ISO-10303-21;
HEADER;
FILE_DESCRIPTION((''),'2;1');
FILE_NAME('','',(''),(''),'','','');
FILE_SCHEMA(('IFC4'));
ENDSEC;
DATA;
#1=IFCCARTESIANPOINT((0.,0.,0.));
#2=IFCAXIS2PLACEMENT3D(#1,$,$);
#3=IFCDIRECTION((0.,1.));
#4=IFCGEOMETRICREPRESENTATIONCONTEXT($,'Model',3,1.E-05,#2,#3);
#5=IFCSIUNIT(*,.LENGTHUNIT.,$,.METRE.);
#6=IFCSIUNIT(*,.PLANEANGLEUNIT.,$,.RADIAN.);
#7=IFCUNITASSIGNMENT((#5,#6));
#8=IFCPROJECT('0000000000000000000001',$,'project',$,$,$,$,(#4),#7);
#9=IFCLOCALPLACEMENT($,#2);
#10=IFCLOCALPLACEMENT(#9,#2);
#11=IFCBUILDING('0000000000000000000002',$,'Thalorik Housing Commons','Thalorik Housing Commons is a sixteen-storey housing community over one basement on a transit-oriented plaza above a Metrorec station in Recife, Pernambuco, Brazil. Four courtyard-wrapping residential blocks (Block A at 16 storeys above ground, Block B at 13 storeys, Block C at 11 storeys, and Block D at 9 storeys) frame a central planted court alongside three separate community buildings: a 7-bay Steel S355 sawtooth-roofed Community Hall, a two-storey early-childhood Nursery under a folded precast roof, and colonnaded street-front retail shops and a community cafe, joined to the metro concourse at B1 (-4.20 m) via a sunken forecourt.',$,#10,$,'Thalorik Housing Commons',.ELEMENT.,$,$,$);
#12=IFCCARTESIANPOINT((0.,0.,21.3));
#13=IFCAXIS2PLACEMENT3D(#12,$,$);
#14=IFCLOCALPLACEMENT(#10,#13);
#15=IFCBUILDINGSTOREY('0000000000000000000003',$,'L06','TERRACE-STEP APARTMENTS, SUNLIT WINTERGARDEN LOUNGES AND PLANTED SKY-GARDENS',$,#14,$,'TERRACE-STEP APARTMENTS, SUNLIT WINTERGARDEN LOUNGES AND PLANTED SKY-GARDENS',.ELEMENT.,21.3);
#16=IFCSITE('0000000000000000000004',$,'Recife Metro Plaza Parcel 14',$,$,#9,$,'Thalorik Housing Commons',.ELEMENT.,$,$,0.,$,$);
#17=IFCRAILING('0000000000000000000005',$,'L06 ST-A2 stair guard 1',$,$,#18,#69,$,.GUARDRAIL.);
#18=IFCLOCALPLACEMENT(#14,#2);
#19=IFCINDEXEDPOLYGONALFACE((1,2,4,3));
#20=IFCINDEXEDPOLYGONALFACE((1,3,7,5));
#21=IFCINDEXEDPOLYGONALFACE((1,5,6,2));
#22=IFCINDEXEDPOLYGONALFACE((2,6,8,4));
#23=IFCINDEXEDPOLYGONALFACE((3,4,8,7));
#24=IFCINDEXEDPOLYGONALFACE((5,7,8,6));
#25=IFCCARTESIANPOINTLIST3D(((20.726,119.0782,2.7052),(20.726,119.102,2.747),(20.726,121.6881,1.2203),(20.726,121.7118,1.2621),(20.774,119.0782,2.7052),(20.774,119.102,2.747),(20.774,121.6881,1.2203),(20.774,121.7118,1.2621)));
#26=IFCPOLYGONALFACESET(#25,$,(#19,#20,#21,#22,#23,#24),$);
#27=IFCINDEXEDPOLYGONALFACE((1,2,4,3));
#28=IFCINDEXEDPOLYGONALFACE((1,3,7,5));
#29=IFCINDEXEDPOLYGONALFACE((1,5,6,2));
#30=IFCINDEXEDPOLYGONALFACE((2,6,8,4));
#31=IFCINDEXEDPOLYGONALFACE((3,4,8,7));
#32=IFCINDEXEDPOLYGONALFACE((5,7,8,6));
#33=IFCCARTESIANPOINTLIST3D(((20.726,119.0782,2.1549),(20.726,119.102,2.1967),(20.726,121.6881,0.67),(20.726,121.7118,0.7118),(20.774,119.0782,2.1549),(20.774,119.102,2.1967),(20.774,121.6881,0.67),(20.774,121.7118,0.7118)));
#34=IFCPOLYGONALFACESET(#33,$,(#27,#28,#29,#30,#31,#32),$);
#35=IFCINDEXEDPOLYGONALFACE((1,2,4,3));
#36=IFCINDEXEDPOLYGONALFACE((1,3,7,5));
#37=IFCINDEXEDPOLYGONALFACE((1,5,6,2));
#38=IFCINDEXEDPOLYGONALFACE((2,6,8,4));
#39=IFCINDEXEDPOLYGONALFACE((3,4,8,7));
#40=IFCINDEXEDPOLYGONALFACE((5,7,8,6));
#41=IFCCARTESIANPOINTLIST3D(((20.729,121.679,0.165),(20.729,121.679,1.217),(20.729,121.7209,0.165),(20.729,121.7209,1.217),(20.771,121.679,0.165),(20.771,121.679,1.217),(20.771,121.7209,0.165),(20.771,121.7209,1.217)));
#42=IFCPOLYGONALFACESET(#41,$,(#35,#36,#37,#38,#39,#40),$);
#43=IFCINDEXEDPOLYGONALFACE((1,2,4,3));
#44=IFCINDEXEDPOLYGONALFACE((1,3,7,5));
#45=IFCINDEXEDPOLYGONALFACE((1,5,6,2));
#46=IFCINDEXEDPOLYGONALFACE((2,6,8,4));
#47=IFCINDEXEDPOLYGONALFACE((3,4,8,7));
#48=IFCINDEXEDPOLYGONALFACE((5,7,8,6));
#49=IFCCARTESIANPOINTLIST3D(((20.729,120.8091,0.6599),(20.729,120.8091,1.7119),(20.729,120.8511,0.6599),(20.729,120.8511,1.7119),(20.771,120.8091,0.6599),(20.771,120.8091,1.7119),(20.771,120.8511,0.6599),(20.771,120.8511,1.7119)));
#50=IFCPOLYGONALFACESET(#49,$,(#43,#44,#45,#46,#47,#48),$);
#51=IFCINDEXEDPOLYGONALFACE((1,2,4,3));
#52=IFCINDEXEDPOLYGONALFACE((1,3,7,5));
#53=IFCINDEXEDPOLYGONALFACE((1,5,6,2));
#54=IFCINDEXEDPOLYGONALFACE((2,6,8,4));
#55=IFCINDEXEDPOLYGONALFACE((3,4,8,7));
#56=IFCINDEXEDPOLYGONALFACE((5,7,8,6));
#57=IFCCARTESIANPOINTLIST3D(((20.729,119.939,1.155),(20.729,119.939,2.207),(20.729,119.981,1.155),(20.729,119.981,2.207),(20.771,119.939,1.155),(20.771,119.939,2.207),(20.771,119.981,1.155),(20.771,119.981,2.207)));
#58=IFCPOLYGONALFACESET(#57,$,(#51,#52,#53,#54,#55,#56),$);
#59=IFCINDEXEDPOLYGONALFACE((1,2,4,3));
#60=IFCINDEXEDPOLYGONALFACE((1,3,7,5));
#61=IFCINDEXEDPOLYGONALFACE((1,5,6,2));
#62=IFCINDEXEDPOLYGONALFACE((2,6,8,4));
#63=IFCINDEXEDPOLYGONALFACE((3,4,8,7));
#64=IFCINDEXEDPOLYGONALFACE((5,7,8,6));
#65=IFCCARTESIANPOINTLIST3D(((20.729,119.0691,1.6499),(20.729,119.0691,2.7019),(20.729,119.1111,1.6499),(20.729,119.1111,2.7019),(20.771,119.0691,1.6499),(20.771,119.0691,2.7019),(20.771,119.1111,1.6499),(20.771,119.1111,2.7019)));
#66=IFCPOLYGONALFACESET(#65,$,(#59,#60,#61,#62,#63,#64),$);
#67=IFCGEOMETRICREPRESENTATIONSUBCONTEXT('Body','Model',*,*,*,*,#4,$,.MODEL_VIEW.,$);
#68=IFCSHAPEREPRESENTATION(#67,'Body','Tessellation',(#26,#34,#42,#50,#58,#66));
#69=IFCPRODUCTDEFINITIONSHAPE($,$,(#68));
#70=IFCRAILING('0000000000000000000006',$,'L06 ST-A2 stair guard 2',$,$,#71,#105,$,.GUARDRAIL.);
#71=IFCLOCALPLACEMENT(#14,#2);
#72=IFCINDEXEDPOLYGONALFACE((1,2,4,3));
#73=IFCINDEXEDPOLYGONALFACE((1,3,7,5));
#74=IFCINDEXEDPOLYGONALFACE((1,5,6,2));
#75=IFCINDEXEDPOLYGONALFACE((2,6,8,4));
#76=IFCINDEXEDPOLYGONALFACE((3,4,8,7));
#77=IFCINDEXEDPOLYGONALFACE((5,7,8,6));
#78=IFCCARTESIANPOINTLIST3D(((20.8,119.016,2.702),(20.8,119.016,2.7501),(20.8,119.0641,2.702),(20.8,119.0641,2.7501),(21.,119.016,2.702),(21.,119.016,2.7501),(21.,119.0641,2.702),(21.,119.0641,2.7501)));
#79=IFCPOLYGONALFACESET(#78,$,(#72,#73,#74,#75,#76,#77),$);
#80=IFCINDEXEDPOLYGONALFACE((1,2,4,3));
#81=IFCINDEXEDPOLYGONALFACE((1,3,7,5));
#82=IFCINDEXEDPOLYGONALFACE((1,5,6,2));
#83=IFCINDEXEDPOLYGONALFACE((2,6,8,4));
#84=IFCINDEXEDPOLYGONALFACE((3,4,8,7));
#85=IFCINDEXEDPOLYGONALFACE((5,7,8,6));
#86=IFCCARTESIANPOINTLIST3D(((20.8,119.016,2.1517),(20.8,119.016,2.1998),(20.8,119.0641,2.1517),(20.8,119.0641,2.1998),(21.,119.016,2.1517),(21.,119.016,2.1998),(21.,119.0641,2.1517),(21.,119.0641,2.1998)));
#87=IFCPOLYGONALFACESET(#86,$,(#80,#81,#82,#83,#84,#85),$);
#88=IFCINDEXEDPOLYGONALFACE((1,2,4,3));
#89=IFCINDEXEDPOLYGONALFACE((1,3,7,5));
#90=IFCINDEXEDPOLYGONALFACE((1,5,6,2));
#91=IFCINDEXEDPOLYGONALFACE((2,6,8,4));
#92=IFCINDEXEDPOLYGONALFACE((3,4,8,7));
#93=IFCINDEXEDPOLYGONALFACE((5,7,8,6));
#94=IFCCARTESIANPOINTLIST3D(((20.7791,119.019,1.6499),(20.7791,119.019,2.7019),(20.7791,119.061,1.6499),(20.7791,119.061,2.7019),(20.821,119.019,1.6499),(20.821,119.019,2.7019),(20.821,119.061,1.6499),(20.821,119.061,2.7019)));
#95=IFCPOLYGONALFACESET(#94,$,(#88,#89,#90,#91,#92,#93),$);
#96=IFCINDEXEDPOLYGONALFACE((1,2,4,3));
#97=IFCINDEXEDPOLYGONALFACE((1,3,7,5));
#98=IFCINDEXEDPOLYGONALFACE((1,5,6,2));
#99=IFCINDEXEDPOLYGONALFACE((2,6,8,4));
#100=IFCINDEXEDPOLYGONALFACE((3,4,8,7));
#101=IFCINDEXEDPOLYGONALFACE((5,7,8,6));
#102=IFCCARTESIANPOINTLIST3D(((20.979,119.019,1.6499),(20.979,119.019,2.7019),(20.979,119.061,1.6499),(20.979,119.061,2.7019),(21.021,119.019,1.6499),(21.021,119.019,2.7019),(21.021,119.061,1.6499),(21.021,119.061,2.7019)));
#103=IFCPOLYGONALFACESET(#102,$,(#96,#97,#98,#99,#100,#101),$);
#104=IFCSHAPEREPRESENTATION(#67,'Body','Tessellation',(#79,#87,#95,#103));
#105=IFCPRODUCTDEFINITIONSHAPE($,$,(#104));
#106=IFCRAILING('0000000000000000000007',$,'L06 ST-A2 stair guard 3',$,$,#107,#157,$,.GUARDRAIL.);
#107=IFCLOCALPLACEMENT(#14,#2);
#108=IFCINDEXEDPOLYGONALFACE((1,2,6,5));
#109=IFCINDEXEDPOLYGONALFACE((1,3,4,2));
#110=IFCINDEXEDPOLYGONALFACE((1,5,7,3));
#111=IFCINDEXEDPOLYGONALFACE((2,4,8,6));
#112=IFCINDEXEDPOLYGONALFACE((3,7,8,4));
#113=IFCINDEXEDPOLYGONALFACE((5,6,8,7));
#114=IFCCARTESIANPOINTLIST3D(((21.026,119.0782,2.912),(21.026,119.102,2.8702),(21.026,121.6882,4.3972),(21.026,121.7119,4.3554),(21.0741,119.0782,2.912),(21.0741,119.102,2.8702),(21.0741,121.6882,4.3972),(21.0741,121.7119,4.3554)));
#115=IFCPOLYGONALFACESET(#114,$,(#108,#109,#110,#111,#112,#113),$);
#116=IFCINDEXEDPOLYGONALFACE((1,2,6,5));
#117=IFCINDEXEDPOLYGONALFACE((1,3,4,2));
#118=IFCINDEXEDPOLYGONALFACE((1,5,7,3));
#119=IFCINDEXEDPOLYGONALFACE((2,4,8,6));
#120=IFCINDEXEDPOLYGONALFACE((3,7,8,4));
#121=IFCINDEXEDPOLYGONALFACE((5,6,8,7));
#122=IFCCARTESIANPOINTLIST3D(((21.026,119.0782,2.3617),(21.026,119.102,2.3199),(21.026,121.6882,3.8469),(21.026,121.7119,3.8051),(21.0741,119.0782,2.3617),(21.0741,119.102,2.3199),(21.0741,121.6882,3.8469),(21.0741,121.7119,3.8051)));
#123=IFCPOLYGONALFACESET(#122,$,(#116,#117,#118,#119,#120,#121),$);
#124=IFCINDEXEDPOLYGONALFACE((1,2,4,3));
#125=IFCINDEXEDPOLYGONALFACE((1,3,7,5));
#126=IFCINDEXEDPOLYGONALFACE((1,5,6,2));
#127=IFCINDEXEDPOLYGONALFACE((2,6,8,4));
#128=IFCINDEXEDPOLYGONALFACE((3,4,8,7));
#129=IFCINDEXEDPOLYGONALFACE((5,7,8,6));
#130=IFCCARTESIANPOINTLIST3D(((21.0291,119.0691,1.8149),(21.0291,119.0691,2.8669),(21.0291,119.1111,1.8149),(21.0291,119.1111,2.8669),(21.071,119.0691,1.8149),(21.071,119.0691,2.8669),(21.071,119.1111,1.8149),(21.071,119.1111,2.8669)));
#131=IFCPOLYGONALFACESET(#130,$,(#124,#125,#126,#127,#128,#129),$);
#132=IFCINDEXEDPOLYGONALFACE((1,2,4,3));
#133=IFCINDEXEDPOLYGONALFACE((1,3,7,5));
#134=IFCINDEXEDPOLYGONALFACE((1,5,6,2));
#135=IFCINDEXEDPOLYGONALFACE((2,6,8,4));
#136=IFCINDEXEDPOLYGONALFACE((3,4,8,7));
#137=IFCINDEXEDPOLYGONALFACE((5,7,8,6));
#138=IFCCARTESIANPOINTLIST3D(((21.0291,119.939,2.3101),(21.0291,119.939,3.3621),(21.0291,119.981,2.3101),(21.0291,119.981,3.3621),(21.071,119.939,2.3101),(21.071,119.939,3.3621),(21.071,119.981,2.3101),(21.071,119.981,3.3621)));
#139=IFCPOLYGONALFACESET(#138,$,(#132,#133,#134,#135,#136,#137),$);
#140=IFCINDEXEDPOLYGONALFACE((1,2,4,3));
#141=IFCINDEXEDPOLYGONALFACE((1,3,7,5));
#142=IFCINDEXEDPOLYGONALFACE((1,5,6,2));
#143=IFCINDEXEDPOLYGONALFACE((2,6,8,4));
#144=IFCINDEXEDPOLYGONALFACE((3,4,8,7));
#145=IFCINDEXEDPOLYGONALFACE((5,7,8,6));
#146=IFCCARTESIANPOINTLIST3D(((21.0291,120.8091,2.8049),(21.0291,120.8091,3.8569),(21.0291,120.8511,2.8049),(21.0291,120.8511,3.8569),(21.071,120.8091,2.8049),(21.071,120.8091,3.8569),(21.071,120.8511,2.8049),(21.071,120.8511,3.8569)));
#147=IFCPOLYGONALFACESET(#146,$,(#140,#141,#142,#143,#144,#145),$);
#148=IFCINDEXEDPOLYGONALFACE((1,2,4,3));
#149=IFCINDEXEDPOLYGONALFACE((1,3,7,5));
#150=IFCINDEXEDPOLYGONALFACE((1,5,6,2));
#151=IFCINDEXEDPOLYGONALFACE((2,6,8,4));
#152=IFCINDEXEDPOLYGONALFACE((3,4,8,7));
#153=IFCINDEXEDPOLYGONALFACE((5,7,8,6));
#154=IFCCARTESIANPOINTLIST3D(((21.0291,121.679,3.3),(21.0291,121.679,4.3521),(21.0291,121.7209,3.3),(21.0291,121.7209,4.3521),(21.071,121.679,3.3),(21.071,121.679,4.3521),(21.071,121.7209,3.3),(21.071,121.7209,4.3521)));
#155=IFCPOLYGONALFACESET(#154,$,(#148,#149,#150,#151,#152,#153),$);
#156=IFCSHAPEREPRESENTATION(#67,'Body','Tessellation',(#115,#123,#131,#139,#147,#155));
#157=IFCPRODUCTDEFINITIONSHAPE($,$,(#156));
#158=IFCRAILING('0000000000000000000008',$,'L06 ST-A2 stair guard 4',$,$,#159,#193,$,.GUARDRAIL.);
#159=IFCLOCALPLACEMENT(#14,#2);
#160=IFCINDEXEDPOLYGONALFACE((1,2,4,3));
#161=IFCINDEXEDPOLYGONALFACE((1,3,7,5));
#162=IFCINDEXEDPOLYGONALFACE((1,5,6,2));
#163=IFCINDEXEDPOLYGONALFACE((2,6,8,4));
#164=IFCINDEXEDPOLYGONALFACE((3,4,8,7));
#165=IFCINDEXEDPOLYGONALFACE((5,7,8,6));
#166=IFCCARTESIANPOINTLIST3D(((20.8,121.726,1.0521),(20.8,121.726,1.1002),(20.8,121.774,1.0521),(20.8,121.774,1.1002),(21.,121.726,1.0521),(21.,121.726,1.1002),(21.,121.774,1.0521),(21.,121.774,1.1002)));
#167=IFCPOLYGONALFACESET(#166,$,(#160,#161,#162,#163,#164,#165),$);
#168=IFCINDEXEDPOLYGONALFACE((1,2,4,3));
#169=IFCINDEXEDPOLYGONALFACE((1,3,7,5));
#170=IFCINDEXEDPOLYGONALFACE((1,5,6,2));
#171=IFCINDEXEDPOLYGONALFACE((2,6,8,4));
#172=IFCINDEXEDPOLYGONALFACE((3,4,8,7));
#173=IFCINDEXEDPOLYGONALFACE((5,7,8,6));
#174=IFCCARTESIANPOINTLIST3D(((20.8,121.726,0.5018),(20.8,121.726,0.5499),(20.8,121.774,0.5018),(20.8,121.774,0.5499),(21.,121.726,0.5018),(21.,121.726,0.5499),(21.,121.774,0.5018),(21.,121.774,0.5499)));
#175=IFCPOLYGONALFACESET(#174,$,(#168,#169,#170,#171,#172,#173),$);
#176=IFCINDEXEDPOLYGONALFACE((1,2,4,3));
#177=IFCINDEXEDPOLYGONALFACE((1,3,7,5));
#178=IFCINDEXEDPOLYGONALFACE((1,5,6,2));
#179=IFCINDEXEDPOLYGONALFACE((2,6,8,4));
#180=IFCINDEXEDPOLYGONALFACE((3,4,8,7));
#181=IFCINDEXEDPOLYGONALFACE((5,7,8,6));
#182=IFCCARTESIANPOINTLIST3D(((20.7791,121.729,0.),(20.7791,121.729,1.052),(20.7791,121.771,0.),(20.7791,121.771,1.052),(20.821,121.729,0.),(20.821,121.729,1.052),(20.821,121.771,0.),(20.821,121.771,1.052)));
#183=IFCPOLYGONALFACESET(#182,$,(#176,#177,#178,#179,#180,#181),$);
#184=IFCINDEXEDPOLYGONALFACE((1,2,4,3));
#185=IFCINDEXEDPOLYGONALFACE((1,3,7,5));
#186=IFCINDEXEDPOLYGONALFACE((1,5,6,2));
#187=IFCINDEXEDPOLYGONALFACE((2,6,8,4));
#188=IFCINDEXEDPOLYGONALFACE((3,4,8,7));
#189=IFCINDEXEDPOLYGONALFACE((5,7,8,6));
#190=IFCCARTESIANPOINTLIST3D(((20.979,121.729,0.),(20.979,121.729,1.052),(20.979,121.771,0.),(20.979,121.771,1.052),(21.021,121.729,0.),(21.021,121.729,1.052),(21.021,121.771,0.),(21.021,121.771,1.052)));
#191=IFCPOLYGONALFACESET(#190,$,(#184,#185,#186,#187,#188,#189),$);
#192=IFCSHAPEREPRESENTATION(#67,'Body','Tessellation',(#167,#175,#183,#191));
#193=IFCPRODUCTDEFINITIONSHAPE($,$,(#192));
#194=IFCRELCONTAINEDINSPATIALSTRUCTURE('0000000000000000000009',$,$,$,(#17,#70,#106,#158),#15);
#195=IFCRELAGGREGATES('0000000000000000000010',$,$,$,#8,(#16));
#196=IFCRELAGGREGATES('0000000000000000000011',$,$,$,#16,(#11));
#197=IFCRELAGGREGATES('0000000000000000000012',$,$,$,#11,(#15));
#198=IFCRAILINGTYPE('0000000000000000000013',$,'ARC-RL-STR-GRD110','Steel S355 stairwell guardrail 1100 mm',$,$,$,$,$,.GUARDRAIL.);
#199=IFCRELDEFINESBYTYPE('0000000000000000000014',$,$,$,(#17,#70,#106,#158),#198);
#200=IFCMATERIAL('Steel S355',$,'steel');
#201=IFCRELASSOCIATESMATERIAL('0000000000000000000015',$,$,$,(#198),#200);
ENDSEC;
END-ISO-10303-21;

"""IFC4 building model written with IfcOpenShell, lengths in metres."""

from ifc_helpers import new_model, si_unit, direction, frame, origin, origin_2d, place, context, subcontext, project, spatial, rectangle, extrude, material, type_object, element, save


model = new_model("IFC4")

# Units and contexts
model_context = context("Model", 3, precision=1e-05, world=origin(), true_north=direction((0.0, 1.0)))
body_context = subcontext(model_context, "Body", "Model", "MODEL_VIEW")
ifc_project = project(units=[si_unit("LENGTHUNIT", "METRE"), si_unit("PLANEANGLEUNIT", "RADIAN")], contexts=[model_context])

# Site, building, storey
site_placement = place(None, origin())
site = spatial("IfcSite", under=ifc_project, at=site_placement, Name="Recife Metro Plaza Parcel 14", LongName="Thalorik Housing Commons", CompositionType="ELEMENT", RefElevation=0.0)
building_placement = place(site_placement, origin())
building = spatial("IfcBuilding", under=site, at=building_placement, Name="Thalorik Housing Commons", Description="Thalorik Housing Commons is a sixteen-storey housing community over one basement on a transit-oriented plaza above a Metrorec station in Recife, Pernambuco, Brazil. Four courtyard-wrapping residential blocks (Block A at 16 storeys above ground, Block B at 13 storeys, Block C at 11 storeys, and Block D at 9 storeys) frame a central planted court alongside three separate community buildings: a 7-bay Steel S355 sawtooth-roofed Community Hall, a two-storey early-childhood Nursery under a folded precast roof, and colonnaded street-front retail shops and a community cafe, joined to the metro concourse at B1 (-4.20 m) via a sunken forecourt.", LongName="Thalorik Housing Commons", CompositionType="ELEMENT")
storey_placement = place(building_placement, frame((0.0, 0.0, 21.3)))
storey = spatial("IfcBuildingStorey", under=building, at=storey_placement, Name="L06", Description="TERRACE-STEP APARTMENTS, SUNLIT WINTERGARDEN LOUNGES AND PLANTED SKY-GARDENS", LongName="TERRACE-STEP APARTMENTS, SUNLIT WINTERGARDEN LOUNGES AND PLANTED SKY-GARDENS", CompositionType="ELEMENT", Elevation=21.3)

# Shared definitions
ifc_material_1 = material(Name="Steel S355", Category="steel")

# Railings
railing_type_1 = type_object("IfcRailingType", Name="ARC-RL-STR-GRD110", Description="Steel S355 stairwell guardrail 1100 mm", PredefinedType="GUARDRAIL", material=ifc_material_1)
railing_1_placement = place(storey_placement, frame((20.75, 121.7, 0.165)))
element("IfcRailing", 1, at=railing_1_placement, inside=storey, type_object=railing_type_1, Name="L06 ST-A2 stair guard 1", PredefinedType="GUARDRAIL", context=body_context, shape_type="SweptSolid", body=[
    extrude(rectangle(XDim=0.0481, YDim=0.0481, at=origin_2d()), frame((0.0, 0.0, 1.0762), z_axis=(0.0, -0.869172, 0.494509), x_axis=(1.0, 0.0, 0.0)), (0.0, 0.0, 1.0), 3.0027),
    extrude(rectangle(XDim=0.0481, YDim=0.0481, at=origin_2d()), frame((0.0, 0.0, 0.5259), z_axis=(0.0, -0.869172, 0.494509), x_axis=(1.0, 0.0, 0.0)), (0.0, 0.0, 1.0), 3.0027),
    extrude(rectangle(XDim=0.042, YDim=0.042, at=origin_2d()), origin(), (0.0, 0.0, 1.0), 1.052),
    extrude(rectangle(XDim=0.042, YDim=0.042, at=origin_2d()), frame((0.0, -0.8699, 0.4949)), (0.0, 0.0, 1.0), 1.052),
    extrude(rectangle(XDim=0.042, YDim=0.042, at=origin_2d()), frame((0.0, -1.74, 0.99)), (0.0, 0.0, 1.0), 1.052),
    extrude(rectangle(XDim=0.042, YDim=0.042, at=origin_2d()), frame((0.0, -2.6099, 1.4849)), (0.0, 0.0, 1.0), 1.052),
])
railing_2_placement = place(storey_placement, frame((20.8, 119.04, 1.6499)))
element("IfcRailing", 2, at=railing_2_placement, inside=storey, type_object=railing_type_1, Name="L06 ST-A2 stair guard 2", PredefinedType="GUARDRAIL", context=body_context, shape_type="SweptSolid", body=[
    extrude(rectangle(XDim=0.0481, YDim=0.0481, at=origin_2d()), frame((0.0, 0.0, 1.0762), z_axis=(1.0, 0.0, 0.0), x_axis=(0.0, 1.0, 0.0)), (0.0, 0.0, 1.0), 0.2),
    extrude(rectangle(XDim=0.0481, YDim=0.0481, at=origin_2d()), frame((0.0, 0.0, 0.5259), z_axis=(1.0, 0.0, 0.0), x_axis=(0.0, 1.0, 0.0)), (0.0, 0.0, 1.0), 0.2),
    extrude(rectangle(XDim=0.042, YDim=0.042, at=origin_2d()), origin(), (0.0, 0.0, 1.0), 1.052),
    extrude(rectangle(XDim=0.042, YDim=0.042, at=origin_2d()), frame((0.2, 0.0, 0.0)), (0.0, 0.0, 1.0), 1.052),
])
railing_3_placement = place(storey_placement, frame((21.05, 119.0901, 1.8149)))
element("IfcRailing", 3, at=railing_3_placement, inside=storey, type_object=railing_type_1, Name="L06 ST-A2 stair guard 3", PredefinedType="GUARDRAIL", context=body_context, shape_type="SweptSolid", body=[
    extrude(rectangle(XDim=0.0481, YDim=0.0481, at=origin_2d()), frame((0.0, 0.0, 1.0762), z_axis=(0.0, 0.869137, 0.494571), x_axis=(-1.0, 0.0, 0.0)), (0.0, 0.0, 1.0), 3.0029),
    extrude(rectangle(XDim=0.0481, YDim=0.0481, at=origin_2d()), frame((0.0, 0.0, 0.5259), z_axis=(0.0, 0.869137, 0.494571), x_axis=(-1.0, 0.0, 0.0)), (0.0, 0.0, 1.0), 3.0029),
    extrude(rectangle(XDim=0.042, YDim=0.042, at=origin_2d()), origin(), (0.0, 0.0, 1.0), 1.052),
    extrude(rectangle(XDim=0.042, YDim=0.042, at=origin_2d()), frame((0.0, 0.8699, 0.4951)), (0.0, 0.0, 1.0), 1.052),
    extrude(rectangle(XDim=0.042, YDim=0.042, at=origin_2d()), frame((0.0, 1.74, 0.99)), (0.0, 0.0, 1.0), 1.052),
    extrude(rectangle(XDim=0.042, YDim=0.042, at=origin_2d()), frame((0.0, 2.6099, 1.4851)), (0.0, 0.0, 1.0), 1.052),
])
railing_4_placement = place(storey_placement, frame((20.8, 121.75, 0.0)))
element("IfcRailing", 4, at=railing_4_placement, inside=storey, type_object=railing_type_1, Name="L06 ST-A2 stair guard 4", PredefinedType="GUARDRAIL", context=body_context, shape_type="SweptSolid", body=[
    extrude(rectangle(XDim=0.0481, YDim=0.0481, at=origin_2d()), frame((0.0, 0.0, 1.0762), z_axis=(1.0, 0.0, 0.0), x_axis=(0.0, 1.0, 0.0)), (0.0, 0.0, 1.0), 0.2),
    extrude(rectangle(XDim=0.0481, YDim=0.0481, at=origin_2d()), frame((0.0, 0.0, 0.5259), z_axis=(1.0, 0.0, 0.0), x_axis=(0.0, 1.0, 0.0)), (0.0, 0.0, 1.0), 0.2),
    extrude(rectangle(XDim=0.042, YDim=0.042, at=origin_2d()), origin(), (0.0, 0.0, 1.0), 1.052),
    extrude(rectangle(XDim=0.042, YDim=0.042, at=origin_2d()), frame((0.2, 0.0, 0.0)), (0.0, 0.0, 1.0), 1.052),
])

save(model, "model.ifc")
